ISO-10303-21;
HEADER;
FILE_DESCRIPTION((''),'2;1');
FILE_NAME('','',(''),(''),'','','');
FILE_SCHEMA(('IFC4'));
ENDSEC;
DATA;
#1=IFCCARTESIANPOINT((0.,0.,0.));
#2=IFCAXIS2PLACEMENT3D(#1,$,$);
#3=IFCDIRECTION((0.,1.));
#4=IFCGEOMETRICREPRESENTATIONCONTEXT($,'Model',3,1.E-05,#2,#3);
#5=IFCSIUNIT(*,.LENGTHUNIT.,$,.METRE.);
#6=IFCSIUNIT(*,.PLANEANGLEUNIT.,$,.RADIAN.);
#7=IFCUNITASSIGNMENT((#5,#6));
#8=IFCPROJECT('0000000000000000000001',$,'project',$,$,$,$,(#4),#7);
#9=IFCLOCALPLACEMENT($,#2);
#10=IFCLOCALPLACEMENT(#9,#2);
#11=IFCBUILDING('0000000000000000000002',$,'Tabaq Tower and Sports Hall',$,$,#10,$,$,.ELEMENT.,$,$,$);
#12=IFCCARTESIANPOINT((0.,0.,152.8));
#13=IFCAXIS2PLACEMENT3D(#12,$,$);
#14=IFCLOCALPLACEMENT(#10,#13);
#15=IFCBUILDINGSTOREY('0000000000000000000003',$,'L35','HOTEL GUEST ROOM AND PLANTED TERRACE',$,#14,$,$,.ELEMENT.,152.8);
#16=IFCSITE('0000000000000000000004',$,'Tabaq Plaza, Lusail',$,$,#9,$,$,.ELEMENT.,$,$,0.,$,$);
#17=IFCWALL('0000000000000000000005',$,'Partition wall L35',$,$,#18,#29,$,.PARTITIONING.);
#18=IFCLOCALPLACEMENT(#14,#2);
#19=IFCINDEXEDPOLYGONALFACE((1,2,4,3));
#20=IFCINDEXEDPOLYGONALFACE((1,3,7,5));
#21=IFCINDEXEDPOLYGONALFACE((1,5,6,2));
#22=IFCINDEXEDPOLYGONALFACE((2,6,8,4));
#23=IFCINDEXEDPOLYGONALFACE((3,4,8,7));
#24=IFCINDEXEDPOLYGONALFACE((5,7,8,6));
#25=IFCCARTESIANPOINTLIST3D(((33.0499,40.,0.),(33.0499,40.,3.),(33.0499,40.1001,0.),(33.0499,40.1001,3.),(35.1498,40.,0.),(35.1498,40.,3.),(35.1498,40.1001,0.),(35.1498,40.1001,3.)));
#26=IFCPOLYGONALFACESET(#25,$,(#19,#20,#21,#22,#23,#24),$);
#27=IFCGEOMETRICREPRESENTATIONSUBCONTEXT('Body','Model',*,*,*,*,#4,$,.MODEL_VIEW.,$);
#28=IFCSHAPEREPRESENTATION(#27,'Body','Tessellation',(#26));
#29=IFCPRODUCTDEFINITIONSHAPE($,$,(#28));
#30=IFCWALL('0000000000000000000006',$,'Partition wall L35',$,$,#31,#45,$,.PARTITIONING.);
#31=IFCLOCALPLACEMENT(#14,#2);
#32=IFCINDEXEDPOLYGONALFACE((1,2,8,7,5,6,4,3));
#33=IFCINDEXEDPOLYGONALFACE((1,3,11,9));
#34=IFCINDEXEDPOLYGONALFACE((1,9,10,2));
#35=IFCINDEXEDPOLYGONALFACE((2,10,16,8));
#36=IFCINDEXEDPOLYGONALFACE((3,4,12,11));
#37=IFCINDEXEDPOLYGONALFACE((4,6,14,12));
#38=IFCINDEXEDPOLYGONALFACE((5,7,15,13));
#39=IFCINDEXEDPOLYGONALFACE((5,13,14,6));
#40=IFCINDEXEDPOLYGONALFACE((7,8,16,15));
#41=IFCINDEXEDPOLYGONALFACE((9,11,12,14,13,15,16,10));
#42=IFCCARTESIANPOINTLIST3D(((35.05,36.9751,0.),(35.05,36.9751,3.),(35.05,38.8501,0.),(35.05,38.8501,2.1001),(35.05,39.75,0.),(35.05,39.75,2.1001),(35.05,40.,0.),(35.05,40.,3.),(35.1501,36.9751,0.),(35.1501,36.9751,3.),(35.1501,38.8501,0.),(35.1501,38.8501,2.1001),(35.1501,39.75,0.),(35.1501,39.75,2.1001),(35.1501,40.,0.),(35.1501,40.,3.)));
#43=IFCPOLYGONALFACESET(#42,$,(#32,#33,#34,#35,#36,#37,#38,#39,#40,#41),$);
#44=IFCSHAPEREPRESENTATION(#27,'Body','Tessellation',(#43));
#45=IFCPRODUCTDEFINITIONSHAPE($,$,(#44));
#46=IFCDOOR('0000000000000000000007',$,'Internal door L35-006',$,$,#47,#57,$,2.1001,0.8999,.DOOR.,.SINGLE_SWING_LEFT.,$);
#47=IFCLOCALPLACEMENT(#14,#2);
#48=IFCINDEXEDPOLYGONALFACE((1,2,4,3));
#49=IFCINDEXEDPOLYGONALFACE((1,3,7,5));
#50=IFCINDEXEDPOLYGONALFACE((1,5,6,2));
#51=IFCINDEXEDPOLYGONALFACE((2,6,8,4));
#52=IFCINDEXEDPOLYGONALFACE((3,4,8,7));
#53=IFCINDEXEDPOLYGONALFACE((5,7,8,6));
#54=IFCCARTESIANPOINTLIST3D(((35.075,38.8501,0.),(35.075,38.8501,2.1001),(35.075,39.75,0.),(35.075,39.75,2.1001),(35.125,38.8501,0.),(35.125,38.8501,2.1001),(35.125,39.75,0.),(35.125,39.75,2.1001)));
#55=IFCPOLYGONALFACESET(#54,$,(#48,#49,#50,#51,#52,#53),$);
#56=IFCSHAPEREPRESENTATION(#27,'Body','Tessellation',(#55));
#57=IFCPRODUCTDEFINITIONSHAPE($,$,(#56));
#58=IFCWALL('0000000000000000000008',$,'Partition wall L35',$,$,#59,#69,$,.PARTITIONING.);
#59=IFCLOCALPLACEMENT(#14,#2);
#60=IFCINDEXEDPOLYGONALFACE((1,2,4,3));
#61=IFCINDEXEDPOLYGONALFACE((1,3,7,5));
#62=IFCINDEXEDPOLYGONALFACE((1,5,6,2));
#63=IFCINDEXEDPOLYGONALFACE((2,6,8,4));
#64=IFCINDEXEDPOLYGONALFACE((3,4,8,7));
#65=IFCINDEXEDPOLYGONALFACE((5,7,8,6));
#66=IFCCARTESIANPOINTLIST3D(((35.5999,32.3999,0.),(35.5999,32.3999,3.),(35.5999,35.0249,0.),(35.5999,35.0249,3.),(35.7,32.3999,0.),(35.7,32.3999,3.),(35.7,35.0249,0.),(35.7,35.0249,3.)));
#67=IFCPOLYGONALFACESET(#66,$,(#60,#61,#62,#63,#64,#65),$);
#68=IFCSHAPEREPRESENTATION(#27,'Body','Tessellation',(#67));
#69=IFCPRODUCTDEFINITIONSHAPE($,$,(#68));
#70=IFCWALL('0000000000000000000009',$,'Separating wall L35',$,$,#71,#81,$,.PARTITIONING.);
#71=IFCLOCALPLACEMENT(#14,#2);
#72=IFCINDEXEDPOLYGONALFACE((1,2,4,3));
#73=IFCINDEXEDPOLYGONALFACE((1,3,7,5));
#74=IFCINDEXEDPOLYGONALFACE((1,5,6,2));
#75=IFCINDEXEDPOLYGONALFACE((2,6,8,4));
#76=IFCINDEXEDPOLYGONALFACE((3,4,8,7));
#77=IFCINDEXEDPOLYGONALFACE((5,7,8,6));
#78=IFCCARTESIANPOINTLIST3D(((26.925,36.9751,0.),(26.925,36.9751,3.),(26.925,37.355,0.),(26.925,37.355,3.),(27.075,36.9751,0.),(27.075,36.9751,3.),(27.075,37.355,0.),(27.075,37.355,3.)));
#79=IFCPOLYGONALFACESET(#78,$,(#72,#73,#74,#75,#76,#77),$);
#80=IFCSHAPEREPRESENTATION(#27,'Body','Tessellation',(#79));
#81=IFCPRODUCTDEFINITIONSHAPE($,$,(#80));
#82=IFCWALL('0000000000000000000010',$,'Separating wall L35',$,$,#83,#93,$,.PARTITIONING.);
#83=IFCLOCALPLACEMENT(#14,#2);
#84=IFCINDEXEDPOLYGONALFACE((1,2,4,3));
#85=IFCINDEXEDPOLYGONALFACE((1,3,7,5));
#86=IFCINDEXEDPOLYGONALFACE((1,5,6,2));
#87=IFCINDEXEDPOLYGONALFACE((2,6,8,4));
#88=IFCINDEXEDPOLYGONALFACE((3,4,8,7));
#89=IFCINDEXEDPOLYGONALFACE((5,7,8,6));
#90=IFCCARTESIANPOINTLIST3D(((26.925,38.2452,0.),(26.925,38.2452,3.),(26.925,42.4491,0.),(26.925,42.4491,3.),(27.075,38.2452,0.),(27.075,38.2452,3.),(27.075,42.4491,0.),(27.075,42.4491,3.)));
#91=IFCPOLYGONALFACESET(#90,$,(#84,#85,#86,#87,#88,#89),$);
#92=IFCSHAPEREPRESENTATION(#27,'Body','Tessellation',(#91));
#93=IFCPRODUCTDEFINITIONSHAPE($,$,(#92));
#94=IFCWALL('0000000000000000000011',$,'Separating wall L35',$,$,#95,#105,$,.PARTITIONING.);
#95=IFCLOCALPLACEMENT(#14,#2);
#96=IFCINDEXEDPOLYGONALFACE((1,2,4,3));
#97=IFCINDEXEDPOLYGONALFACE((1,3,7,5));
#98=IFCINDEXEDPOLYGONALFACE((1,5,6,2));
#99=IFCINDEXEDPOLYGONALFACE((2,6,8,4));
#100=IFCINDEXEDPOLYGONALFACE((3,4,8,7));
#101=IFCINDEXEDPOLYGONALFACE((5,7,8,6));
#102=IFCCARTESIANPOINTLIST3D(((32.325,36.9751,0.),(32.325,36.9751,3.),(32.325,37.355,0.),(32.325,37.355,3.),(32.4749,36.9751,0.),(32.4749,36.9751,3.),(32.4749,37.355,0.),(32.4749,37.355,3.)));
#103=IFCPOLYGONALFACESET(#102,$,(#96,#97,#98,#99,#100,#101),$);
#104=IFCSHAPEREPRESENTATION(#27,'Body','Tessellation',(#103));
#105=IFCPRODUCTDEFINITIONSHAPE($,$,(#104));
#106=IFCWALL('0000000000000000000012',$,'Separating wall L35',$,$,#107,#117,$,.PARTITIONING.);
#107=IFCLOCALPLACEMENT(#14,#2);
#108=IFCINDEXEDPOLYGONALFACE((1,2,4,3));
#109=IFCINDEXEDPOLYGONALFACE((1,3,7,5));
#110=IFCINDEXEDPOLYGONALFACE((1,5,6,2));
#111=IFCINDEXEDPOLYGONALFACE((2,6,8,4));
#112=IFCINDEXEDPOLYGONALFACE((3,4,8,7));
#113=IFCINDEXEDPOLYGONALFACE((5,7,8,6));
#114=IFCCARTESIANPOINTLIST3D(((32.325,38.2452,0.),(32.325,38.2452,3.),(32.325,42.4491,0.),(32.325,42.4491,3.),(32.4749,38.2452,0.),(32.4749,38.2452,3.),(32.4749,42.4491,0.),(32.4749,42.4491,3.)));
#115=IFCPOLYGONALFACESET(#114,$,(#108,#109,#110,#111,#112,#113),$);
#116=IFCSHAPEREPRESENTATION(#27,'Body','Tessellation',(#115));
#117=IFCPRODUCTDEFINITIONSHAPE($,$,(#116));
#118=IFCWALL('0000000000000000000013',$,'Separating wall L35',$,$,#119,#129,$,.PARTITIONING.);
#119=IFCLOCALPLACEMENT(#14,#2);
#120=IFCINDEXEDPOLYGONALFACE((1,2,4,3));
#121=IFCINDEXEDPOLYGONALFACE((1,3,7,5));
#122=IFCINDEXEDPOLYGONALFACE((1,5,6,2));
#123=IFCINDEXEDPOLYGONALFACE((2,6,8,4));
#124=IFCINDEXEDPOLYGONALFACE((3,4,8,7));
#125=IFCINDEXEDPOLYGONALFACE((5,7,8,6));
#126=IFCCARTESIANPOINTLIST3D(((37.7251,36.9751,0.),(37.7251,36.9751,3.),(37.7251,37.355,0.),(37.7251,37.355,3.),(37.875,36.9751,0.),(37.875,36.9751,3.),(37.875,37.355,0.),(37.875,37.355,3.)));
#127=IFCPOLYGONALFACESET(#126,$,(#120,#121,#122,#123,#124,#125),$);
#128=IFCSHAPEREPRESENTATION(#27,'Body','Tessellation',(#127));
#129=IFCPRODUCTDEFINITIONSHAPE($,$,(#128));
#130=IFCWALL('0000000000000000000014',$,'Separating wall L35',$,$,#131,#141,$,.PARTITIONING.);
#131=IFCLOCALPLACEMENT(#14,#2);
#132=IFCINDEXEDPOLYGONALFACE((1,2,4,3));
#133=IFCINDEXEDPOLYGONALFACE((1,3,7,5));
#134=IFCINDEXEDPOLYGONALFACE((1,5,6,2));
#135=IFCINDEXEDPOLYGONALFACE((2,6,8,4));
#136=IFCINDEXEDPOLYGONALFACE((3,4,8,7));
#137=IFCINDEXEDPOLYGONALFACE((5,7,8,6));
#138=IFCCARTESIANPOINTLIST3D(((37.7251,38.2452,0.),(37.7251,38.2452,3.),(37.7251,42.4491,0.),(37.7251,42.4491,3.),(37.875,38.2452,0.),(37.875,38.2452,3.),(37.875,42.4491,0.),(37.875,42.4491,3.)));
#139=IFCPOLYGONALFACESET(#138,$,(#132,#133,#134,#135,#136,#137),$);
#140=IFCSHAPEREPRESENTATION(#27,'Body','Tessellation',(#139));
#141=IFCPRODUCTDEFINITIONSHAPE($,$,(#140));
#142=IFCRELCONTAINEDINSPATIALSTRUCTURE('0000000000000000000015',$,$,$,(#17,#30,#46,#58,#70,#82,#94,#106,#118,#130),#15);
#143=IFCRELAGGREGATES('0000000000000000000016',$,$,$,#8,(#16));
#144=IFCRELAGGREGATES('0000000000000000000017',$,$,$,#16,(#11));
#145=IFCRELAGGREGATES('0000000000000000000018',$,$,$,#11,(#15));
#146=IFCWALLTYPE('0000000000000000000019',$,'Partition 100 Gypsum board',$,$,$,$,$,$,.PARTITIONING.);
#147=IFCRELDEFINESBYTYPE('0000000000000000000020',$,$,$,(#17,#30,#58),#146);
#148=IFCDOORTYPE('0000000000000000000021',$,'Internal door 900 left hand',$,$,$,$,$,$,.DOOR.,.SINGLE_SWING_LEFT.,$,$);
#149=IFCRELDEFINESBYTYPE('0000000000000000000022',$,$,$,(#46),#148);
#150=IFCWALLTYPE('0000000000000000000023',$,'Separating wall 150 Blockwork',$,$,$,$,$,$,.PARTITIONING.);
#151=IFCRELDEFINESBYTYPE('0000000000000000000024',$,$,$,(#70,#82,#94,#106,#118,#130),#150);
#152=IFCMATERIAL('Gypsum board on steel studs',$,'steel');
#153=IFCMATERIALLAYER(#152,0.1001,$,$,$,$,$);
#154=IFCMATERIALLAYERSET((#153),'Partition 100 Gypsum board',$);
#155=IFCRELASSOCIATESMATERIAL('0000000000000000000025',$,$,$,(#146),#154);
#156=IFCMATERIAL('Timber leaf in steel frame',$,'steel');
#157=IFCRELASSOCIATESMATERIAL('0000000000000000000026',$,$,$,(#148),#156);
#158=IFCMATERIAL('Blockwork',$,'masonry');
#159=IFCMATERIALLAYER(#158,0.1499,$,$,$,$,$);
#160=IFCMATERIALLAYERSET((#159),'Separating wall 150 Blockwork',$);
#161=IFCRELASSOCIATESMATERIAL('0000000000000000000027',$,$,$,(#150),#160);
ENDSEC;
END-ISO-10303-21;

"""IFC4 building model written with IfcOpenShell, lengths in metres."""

from ifc_helpers import new_model, si_unit, direction, frame, frame_2d, origin, place, context, subcontext, project, spatial, rectangle, extrude, material, layer, layer_set, type_object, element, fill, save


model = new_model("IFC4")

# Units and contexts
model_context = context("Model", 3, precision=1e-05, world=origin(), true_north=direction((0.0, 1.0)))
body_context = subcontext(model_context, "Body", "Model", "MODEL_VIEW")
ifc_project = project(units=[si_unit("LENGTHUNIT", "METRE"), si_unit("PLANEANGLEUNIT", "RADIAN")], contexts=[model_context])

# Site, building, storey
site_placement = place(None, origin())
site = spatial("IfcSite", under=ifc_project, at=site_placement, Name="Tabaq Plaza, Lusail", CompositionType="ELEMENT", RefElevation=0.0)
building_placement = place(site_placement, origin())
building = spatial("IfcBuilding", under=site, at=building_placement, Name="Tabaq Tower and Sports Hall", CompositionType="ELEMENT")
storey_placement = place(building_placement, frame((0.0, 0.0, 152.8)))
storey = spatial("IfcBuildingStorey", under=building, at=storey_placement, Name="L35", Description="HOTEL GUEST ROOM AND PLANTED TERRACE", CompositionType="ELEMENT", Elevation=152.8)

# Shared definitions
ifc_material_1 = material(Name="Gypsum board on steel studs", Category="steel")
ifc_layer_1 = layer(ifc_material_1, 0.1001)
ifc_layer_set_1 = layer_set([ifc_layer_1], Name="Partition 100 Gypsum board")
wall_type_1 = type_object("IfcWallType", Name="Partition 100 Gypsum board", PredefinedType="PARTITIONING", material=ifc_layer_set_1)

# Wall
wall_1_placement = place(storey_placement, frame((33.05, 40.05, 0.0), z_axis=(0.0, 0.0, 1.0), x_axis=(1.0, 0.0, 0.0)))
element("IfcWall", 1, at=wall_1_placement, inside=storey, type_object=wall_type_1, Name="Partition wall L35", PredefinedType="PARTITIONING", context=body_context, shape_type="SweptSolid", body=[
    extrude(rectangle(XDim=2.0999, YDim=0.1001, at=frame_2d((1.0498, 0.0))), origin(), (0.0, 0.0, 1.0), 3.0),
])

# Wall, opening, door
wall_2_placement = place(storey_placement, frame((35.1001, 40.0, 0.0), z_axis=(0.0, 0.0, 1.0), x_axis=(0.0, -1.0, 0.0)))
wall_2 = element("IfcWall", 2, at=wall_2_placement, inside=storey, type_object=wall_type_1, Name="Partition wall L35", PredefinedType="PARTITIONING", context=body_context, shape_type="SweptSolid", body=[
    extrude(rectangle(XDim=3.0249, YDim=0.1001, at=frame_2d((1.5125, 0.0))), origin(), (0.0, 0.0, 1.0), 3.0),
])
opening_1_placement = place(wall_2_placement, frame((0.25, 0.0, 0.0)))
opening_1 = element("IfcOpeningElement", 3, at=opening_1_placement, cuts=wall_2, PredefinedType="OPENING", context=body_context, shape_type="SweptSolid", body=[
    extrude(rectangle(XDim=0.8999, YDim=2.1001, at=frame_2d((0.45, 1.05))), frame((0.0, 0.05, 0.0), z_axis=(0.0, -1.0, 0.0), x_axis=(1.0, 0.0, 0.0)), (0.0, 0.0, 1.0), 0.1001),
])
ifc_material_2 = material(Name="Timber leaf in steel frame", Category="steel")
door_type_1 = type_object("IfcDoorType", Name="Internal door 900 left hand", OperationType="SINGLE_SWING_LEFT", PredefinedType="DOOR", material=ifc_material_2)
door_1_placement = place(opening_1_placement, origin())
door_1 = element("IfcDoor", 4, at=door_1_placement, inside=storey, type_object=door_type_1, Name="Internal door L35-006", OperationType="SINGLE_SWING_LEFT", OverallHeight=2.1001, OverallWidth=0.8999, PredefinedType="DOOR", context=body_context, shape_type="SweptSolid", body=[
    extrude(rectangle(XDim=0.8999, YDim=2.1001, at=frame_2d((0.45, 1.05))), frame((0.0, 0.0249, 0.0), z_axis=(0.0, -1.0, 0.0), x_axis=(1.0, 0.0, 0.0)), (0.0, 0.0, 1.0), 0.05),
])
fill(opening_1, door_1)

# Walls
wall_3_placement = place(storey_placement, frame((35.6499, 35.0249, 0.0), z_axis=(0.0, 0.0, 1.0), x_axis=(0.0, -1.0, 0.0)))
element("IfcWall", 5, at=wall_3_placement, inside=storey, type_object=wall_type_1, Name="Partition wall L35", PredefinedType="PARTITIONING", context=body_context, shape_type="SweptSolid", body=[
    extrude(rectangle(XDim=2.625, YDim=0.1001, at=frame_2d((1.3125, 0.0))), origin(), (0.0, 0.0, 1.0), 3.0),
])
ifc_material_3 = material(Name="Blockwork", Category="masonry")
ifc_layer_2 = layer(ifc_material_3, 0.1499)
ifc_layer_set_2 = layer_set([ifc_layer_2], Name="Separating wall 150 Blockwork")
wall_type_2 = type_object("IfcWallType", Name="Separating wall 150 Blockwork", PredefinedType="PARTITIONING", material=ifc_layer_set_2)
wall_4_placement = place(storey_placement, frame((27.0, 36.9751, 0.0), z_axis=(0.0, 0.0, 1.0), x_axis=(0.0, 1.0, 0.0)))
element("IfcWall", 6, at=wall_4_placement, inside=storey, type_object=wall_type_2, Name="Separating wall L35", PredefinedType="PARTITIONING", context=body_context, shape_type="SweptSolid", body=[
    extrude(rectangle(XDim=0.3799, YDim=0.1499, at=frame_2d((0.1899, 0.0))), origin(), (0.0, 0.0, 1.0), 3.0),
])
wall_5_placement = place(storey_placement, frame((27.0, 38.2451, 0.0), z_axis=(0.0, 0.0, 1.0), x_axis=(0.0, 1.0, 0.0)))
element("IfcWall", 7, at=wall_5_placement, inside=storey, type_object=wall_type_2, Name="Separating wall L35", PredefinedType="PARTITIONING", context=body_context, shape_type="SweptSolid", body=[
    extrude(rectangle(XDim=4.2039, YDim=0.1499, at=frame_2d((2.1021, 0.0))), origin(), (0.0, 0.0, 1.0), 3.0),
])
wall_6_placement = place(storey_placement, frame((32.3999, 36.9751, 0.0), z_axis=(0.0, 0.0, 1.0), x_axis=(0.0, 1.0, 0.0)))
element("IfcWall", 8, at=wall_6_placement, inside=storey, type_object=wall_type_2, Name="Separating wall L35", PredefinedType="PARTITIONING", context=body_context, shape_type="SweptSolid", body=[
    extrude(rectangle(XDim=0.3799, YDim=0.1499, at=frame_2d((0.1899, 0.0))), origin(), (0.0, 0.0, 1.0), 3.0),
])
wall_7_placement = place(storey_placement, frame((32.3999, 38.2451, 0.0), z_axis=(0.0, 0.0, 1.0), x_axis=(0.0, 1.0, 0.0)))
element("IfcWall", 9, at=wall_7_placement, inside=storey, type_object=wall_type_2, Name="Separating wall L35", PredefinedType="PARTITIONING", context=body_context, shape_type="SweptSolid", body=[
    extrude(rectangle(XDim=4.2039, YDim=0.1499, at=frame_2d((2.1021, 0.0))), origin(), (0.0, 0.0, 1.0), 3.0),
])
wall_8_placement = place(storey_placement, frame((37.8, 36.9751, 0.0), z_axis=(0.0, 0.0, 1.0), x_axis=(0.0, 1.0, 0.0)))
element("IfcWall", 10, at=wall_8_placement, inside=storey, type_object=wall_type_2, Name="Separating wall L35", PredefinedType="PARTITIONING", context=body_context, shape_type="SweptSolid", body=[
    extrude(rectangle(XDim=0.3799, YDim=0.1499, at=frame_2d((0.1899, 0.0))), origin(), (0.0, 0.0, 1.0), 3.0),
])
wall_9_placement = place(storey_placement, frame((37.8, 38.2451, 0.0), z_axis=(0.0, 0.0, 1.0), x_axis=(0.0, 1.0, 0.0)))
element("IfcWall", 11, at=wall_9_placement, inside=storey, type_object=wall_type_2, Name="Separating wall L35", PredefinedType="PARTITIONING", context=body_context, shape_type="SweptSolid", body=[
    extrude(rectangle(XDim=4.2039, YDim=0.1499, at=frame_2d((2.1021, 0.0))), origin(), (0.0, 0.0, 1.0), 3.0),
])

save(model, "model.ifc")
